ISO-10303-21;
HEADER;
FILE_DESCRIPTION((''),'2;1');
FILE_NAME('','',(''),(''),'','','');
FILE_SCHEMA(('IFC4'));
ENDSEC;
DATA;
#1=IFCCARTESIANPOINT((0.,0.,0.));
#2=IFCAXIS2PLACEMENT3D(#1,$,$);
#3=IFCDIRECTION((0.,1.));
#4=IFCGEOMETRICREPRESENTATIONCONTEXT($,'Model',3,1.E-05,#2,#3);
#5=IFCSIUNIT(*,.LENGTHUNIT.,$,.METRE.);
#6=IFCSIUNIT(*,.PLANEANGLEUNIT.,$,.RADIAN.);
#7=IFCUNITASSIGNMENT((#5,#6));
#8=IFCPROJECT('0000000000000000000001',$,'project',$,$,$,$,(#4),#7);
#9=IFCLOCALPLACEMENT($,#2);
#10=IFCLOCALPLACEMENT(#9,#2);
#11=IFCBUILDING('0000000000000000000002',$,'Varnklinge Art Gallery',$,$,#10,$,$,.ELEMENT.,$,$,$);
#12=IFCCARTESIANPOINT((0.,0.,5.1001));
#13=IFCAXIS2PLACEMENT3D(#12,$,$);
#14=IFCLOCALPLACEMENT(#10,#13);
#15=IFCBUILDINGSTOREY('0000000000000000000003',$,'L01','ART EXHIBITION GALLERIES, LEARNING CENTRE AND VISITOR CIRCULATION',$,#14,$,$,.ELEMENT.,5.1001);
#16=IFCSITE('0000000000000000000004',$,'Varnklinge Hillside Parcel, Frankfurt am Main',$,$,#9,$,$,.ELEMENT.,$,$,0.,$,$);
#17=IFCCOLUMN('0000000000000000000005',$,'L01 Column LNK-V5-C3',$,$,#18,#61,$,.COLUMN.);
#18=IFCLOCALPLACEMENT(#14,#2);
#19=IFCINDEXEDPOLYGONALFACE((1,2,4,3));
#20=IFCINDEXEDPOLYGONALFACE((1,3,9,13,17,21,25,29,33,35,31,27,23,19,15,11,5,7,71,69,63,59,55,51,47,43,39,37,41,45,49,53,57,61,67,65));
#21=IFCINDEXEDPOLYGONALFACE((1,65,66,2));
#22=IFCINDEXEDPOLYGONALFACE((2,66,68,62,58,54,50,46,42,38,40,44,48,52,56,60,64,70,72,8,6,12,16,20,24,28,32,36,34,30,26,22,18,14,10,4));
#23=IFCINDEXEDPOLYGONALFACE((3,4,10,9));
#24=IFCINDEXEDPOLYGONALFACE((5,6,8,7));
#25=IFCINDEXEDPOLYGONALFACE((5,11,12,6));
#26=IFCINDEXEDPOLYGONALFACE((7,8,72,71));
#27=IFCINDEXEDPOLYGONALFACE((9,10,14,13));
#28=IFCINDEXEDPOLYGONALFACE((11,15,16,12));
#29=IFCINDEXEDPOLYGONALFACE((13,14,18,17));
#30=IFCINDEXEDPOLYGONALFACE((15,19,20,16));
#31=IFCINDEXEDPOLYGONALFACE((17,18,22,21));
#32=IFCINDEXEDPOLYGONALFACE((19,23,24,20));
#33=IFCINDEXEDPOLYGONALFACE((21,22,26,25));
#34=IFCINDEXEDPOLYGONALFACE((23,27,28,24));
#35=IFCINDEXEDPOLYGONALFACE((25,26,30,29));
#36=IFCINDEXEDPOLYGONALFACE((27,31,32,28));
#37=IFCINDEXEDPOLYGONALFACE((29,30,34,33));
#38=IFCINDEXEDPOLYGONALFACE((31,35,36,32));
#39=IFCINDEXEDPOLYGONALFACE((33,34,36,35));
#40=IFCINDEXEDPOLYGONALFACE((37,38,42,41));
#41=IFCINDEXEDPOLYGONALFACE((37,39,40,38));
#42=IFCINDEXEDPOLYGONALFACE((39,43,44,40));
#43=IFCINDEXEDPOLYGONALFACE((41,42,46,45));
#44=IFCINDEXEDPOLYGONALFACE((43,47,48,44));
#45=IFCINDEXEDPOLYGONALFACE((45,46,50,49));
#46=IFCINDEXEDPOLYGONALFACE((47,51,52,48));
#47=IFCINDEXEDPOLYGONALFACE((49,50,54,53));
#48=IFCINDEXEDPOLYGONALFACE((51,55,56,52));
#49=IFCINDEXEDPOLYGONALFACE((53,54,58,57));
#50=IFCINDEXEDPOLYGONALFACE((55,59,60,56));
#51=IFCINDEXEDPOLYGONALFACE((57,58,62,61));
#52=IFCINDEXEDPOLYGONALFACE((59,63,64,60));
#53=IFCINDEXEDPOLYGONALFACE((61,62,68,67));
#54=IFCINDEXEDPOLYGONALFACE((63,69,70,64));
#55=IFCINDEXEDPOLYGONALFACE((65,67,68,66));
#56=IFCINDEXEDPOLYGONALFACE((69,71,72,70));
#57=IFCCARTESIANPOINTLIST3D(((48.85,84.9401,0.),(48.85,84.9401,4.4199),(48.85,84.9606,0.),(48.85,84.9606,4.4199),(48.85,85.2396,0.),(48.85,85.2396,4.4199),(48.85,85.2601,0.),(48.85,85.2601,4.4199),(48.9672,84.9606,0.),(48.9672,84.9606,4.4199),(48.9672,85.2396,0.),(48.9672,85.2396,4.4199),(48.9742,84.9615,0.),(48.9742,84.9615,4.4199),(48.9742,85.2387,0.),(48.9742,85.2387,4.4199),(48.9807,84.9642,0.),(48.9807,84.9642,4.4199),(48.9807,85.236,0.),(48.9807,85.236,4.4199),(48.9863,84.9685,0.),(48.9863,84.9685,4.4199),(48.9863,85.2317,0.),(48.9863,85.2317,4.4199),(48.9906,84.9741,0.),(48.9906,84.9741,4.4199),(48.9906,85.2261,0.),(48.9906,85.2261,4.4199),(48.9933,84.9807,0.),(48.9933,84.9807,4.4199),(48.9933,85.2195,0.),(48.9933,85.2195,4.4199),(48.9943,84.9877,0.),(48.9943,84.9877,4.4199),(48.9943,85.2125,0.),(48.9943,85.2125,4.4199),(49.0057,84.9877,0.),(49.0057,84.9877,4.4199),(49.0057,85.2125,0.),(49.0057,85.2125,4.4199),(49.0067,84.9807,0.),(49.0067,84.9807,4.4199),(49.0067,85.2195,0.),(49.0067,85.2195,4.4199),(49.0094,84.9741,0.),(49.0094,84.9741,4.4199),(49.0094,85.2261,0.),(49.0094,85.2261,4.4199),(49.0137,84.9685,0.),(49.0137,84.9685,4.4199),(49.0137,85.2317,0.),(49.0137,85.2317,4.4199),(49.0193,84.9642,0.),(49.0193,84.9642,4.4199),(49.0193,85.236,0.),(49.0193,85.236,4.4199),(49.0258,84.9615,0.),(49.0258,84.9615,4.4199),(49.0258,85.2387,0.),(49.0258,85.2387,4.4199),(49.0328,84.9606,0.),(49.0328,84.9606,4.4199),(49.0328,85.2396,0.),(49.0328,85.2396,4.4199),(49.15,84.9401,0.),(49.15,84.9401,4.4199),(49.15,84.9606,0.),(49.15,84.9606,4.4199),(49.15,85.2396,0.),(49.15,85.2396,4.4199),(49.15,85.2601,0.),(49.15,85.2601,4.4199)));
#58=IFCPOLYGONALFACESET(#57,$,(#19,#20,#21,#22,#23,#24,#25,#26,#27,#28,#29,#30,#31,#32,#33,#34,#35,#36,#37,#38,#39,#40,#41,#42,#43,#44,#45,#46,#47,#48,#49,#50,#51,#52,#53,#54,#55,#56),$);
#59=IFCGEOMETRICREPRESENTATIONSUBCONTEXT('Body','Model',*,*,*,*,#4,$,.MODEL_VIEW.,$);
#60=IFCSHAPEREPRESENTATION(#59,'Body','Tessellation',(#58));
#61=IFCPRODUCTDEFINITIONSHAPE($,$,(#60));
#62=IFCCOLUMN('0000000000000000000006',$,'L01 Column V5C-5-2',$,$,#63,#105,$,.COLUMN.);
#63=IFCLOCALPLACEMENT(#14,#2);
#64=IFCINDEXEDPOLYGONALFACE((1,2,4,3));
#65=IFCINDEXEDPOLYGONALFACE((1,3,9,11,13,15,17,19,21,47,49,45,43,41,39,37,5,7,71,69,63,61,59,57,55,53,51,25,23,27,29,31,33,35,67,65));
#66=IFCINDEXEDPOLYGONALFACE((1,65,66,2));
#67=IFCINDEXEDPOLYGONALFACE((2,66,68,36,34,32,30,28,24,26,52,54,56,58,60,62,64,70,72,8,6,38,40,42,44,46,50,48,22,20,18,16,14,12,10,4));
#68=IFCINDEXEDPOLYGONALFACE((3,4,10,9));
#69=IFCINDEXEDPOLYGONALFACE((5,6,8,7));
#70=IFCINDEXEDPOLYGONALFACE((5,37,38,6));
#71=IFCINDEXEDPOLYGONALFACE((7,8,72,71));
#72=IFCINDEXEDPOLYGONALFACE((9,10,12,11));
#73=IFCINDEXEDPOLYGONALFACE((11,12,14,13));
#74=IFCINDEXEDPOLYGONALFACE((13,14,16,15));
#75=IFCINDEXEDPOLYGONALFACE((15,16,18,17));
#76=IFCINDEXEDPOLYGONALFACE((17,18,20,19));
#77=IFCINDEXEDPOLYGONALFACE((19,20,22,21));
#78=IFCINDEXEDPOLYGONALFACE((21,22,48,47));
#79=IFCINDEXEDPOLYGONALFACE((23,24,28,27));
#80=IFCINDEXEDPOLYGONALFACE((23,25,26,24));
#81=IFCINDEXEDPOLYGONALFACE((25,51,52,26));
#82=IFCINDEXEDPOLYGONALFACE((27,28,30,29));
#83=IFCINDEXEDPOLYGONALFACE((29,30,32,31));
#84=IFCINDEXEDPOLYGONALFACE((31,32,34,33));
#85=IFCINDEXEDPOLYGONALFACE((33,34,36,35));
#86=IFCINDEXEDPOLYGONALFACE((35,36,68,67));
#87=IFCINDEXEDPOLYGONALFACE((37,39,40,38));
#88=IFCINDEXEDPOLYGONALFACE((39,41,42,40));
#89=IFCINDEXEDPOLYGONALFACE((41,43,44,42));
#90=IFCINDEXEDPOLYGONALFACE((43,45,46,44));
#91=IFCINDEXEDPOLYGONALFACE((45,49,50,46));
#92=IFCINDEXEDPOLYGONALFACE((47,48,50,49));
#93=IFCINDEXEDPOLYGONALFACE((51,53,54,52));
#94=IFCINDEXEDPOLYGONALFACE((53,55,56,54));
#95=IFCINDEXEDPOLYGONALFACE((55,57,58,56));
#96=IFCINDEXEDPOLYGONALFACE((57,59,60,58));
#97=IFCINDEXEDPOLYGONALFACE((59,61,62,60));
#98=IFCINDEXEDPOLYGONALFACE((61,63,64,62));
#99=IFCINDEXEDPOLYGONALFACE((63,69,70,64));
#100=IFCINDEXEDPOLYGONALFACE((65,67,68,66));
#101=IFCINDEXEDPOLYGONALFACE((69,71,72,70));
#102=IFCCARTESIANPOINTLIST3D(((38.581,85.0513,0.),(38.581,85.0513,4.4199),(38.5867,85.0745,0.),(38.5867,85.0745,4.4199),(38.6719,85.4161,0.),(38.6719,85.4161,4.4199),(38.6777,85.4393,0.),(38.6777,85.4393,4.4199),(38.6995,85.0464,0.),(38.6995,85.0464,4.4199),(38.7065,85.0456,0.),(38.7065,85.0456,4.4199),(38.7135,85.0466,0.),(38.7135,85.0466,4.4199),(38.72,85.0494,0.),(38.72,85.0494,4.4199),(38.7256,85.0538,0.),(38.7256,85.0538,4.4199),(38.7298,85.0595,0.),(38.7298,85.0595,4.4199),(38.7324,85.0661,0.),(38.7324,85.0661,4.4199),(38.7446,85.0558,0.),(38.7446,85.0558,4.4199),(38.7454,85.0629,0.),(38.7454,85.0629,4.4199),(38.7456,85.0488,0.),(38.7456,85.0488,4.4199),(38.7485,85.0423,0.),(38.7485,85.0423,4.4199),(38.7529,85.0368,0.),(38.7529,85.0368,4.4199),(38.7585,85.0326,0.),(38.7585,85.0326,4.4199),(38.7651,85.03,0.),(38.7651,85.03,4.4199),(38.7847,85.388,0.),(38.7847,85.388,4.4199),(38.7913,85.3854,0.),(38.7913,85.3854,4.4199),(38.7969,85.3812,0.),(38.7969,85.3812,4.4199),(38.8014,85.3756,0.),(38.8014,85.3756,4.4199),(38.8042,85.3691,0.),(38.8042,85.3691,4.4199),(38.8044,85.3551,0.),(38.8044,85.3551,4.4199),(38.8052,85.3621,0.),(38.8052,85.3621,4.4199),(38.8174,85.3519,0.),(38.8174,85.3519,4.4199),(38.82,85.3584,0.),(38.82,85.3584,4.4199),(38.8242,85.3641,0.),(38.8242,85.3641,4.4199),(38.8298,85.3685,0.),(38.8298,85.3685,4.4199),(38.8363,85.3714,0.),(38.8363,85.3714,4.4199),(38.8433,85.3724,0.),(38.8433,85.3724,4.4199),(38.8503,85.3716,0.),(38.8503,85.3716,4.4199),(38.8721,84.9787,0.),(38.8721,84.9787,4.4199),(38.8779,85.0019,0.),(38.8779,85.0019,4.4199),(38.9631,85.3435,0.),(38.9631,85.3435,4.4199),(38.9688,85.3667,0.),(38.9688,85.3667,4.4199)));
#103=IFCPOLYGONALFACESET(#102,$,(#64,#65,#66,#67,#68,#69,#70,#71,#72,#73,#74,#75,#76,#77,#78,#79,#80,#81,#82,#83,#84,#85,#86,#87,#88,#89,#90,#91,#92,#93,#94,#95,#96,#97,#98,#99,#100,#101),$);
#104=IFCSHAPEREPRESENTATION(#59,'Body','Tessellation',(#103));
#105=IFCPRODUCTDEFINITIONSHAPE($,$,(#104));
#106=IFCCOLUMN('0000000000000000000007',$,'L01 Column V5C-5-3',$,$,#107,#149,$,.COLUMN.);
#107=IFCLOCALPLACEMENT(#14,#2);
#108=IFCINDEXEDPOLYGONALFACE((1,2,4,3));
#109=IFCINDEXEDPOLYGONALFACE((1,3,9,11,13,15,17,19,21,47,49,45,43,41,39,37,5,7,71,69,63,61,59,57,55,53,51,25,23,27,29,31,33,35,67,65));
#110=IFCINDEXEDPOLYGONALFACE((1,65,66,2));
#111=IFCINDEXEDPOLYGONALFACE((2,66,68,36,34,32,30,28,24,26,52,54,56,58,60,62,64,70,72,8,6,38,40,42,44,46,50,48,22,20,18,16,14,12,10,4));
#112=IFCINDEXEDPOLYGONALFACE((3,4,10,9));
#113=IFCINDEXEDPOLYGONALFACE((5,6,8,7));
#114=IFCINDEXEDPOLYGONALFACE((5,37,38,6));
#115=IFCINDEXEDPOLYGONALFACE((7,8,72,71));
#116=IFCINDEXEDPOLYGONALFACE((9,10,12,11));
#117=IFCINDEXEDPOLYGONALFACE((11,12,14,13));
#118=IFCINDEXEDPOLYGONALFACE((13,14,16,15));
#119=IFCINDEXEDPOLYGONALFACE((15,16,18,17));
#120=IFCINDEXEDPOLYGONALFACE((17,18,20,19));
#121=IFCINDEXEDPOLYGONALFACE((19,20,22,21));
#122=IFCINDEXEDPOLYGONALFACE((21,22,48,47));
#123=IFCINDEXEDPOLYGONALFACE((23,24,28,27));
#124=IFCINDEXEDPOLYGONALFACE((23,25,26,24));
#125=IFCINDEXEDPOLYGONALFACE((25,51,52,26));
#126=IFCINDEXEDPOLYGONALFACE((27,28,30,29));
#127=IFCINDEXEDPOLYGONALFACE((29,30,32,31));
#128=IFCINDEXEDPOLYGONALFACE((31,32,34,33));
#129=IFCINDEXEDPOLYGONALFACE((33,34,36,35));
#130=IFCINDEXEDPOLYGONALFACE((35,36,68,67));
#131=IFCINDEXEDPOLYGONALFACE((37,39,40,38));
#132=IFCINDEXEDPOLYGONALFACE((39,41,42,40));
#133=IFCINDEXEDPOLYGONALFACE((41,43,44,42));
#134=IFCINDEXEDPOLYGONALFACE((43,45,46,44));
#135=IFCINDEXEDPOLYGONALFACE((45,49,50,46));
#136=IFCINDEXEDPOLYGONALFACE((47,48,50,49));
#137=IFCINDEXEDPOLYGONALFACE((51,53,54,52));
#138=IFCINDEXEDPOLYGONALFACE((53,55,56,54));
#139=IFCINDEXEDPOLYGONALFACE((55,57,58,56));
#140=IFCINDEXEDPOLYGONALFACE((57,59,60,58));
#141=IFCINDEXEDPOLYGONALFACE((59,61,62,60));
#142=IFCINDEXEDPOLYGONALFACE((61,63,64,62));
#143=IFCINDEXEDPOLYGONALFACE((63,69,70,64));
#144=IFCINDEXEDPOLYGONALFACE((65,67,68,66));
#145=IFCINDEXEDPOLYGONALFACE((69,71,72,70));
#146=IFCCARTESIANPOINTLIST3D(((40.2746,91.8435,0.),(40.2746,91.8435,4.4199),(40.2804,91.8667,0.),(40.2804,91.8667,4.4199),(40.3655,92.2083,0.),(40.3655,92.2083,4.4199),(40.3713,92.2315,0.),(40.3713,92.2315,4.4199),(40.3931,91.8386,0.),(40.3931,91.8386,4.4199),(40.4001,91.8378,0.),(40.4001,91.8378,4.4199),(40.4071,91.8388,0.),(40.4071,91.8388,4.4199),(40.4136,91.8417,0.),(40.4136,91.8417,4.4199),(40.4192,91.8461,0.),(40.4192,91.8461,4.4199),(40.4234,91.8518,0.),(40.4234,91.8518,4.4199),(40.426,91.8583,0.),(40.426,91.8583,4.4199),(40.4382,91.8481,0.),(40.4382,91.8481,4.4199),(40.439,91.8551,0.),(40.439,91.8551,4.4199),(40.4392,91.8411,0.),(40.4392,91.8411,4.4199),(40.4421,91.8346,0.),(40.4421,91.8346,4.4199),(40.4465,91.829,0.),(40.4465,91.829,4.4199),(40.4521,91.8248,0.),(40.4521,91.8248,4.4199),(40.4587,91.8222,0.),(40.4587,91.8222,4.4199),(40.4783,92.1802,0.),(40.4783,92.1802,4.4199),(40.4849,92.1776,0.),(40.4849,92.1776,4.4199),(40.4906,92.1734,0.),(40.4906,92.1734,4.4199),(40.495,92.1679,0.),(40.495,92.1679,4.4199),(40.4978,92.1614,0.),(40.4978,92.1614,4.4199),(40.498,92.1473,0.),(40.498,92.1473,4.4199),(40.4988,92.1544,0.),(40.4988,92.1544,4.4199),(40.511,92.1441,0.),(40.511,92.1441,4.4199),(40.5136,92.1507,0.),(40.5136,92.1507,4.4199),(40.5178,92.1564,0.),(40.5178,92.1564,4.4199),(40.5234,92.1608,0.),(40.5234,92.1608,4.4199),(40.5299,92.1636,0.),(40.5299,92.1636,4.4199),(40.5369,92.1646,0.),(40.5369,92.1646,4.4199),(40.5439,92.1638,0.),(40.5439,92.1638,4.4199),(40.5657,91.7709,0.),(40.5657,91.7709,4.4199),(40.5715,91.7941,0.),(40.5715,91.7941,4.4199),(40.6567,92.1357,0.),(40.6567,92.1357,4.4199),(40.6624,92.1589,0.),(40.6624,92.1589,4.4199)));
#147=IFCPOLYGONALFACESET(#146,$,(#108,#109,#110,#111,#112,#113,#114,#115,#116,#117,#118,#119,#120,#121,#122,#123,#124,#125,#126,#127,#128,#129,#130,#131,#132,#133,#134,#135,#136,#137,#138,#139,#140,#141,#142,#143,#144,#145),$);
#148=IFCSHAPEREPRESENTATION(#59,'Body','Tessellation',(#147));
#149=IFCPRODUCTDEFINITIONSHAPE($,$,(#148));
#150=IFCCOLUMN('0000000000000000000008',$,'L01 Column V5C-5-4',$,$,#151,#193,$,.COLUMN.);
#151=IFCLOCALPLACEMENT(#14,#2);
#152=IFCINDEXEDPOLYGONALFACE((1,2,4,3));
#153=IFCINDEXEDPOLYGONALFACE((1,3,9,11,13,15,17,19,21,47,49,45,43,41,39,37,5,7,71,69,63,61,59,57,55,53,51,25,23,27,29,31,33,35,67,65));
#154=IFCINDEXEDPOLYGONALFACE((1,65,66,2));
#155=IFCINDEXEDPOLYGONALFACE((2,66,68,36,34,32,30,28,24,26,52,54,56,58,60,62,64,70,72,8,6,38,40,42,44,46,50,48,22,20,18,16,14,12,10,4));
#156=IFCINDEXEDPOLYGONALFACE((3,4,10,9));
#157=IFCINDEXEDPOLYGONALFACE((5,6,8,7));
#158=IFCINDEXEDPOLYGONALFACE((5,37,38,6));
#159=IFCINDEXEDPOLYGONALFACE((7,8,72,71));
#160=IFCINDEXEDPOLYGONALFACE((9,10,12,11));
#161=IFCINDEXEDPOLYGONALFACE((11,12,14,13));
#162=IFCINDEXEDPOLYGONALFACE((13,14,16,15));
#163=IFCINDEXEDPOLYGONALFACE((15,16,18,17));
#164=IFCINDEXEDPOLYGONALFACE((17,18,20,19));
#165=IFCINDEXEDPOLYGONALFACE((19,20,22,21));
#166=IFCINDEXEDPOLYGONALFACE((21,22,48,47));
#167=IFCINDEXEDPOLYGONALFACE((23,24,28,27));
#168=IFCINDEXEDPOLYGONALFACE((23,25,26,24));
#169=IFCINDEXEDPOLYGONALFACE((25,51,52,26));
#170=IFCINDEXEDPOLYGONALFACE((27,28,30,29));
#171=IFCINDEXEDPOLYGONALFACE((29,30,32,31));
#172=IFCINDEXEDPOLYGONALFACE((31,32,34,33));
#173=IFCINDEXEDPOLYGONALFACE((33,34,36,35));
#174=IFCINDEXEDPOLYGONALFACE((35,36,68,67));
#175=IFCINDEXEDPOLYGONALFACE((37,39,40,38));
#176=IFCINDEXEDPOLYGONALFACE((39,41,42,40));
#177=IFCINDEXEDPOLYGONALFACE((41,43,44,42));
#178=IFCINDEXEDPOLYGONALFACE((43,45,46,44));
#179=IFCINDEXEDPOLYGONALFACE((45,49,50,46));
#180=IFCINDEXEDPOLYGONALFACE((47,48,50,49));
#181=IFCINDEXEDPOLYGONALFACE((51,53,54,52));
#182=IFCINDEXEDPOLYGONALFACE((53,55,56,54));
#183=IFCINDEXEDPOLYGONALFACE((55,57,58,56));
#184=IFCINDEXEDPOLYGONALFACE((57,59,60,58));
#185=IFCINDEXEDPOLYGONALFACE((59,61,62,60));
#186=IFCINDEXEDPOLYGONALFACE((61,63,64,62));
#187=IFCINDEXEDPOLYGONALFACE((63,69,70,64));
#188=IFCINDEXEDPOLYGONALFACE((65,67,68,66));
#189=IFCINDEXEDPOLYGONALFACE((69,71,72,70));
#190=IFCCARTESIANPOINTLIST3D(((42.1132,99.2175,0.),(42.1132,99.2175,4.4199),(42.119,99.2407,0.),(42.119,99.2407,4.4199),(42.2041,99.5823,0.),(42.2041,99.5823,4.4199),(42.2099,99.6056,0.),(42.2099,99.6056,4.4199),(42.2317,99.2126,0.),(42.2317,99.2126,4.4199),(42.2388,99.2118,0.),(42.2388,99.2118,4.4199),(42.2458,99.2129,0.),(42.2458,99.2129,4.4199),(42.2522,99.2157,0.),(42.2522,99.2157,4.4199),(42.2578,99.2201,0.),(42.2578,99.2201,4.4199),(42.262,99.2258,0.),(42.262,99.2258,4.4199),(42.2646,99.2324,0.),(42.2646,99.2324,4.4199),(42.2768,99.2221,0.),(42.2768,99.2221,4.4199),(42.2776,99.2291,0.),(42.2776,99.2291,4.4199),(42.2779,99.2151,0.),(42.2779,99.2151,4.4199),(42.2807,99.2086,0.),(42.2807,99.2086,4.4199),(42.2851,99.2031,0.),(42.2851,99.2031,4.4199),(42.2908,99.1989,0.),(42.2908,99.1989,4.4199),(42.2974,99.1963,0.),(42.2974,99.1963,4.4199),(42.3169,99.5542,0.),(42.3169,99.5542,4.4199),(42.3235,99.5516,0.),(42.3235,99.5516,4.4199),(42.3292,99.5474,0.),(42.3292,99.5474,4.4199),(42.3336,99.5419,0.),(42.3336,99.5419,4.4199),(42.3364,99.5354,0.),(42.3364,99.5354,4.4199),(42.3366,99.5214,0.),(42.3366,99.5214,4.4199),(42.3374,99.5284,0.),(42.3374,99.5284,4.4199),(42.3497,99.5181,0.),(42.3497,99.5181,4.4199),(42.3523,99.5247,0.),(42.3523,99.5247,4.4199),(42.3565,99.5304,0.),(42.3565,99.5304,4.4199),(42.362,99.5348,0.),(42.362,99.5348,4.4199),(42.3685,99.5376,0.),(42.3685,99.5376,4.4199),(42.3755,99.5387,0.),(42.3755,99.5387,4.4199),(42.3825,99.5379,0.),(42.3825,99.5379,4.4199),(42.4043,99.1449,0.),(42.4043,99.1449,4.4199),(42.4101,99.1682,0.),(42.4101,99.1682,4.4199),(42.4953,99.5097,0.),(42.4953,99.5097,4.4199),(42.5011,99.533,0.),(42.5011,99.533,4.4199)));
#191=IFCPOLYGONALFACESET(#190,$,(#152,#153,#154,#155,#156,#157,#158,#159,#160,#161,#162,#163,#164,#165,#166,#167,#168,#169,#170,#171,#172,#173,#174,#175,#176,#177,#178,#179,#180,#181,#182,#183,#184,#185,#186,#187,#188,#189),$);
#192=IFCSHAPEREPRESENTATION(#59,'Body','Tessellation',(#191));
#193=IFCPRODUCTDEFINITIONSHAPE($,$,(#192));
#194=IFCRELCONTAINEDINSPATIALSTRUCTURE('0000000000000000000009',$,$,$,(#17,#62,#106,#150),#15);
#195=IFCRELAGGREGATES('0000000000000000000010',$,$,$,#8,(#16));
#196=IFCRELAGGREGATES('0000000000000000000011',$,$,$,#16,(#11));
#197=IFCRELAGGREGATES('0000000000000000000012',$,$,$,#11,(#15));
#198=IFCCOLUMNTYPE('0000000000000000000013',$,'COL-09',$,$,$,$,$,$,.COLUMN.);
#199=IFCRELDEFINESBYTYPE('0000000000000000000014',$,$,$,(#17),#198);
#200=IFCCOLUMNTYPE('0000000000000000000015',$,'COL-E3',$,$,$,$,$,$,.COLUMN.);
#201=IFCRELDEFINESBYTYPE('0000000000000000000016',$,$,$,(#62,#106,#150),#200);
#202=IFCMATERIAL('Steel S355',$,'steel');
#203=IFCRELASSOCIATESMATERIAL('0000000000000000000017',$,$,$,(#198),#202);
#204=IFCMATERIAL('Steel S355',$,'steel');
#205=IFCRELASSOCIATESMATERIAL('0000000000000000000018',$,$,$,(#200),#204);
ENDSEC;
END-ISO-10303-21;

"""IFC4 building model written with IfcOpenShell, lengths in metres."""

from ifc_helpers import new_model, si_unit, direction, frame, origin, origin_2d, place, context, subcontext, project, spatial, i_section, extrude, material, material_profile, profile_set, type_object, element, save


model = new_model("IFC4")

# Units and contexts
model_context = context("Model", 3, precision=1e-05, world=origin(), true_north=direction((0.0, 1.0)))
body_context = subcontext(model_context, "Body", "Model", "MODEL_VIEW")
ifc_project = project(units=[si_unit("LENGTHUNIT", "METRE"), si_unit("PLANEANGLEUNIT", "RADIAN")], contexts=[model_context])

# Site, building, storey
site_placement = place(None, origin())
site = spatial("IfcSite", under=ifc_project, at=site_placement, Name="Varnklinge Hillside Parcel, Frankfurt am Main", CompositionType="ELEMENT", RefElevation=0.0)
building_placement = place(site_placement, origin())
building = spatial("IfcBuilding", under=site, at=building_placement, Name="Varnklinge Art Gallery", CompositionType="ELEMENT")
storey_placement = place(building_placement, frame((0.0, 0.0, 5.1001)))
storey = spatial("IfcBuildingStorey", under=building, at=storey_placement, Name="L01", Description="ART EXHIBITION GALLERIES, LEARNING CENTRE AND VISITOR CIRCULATION", CompositionType="ELEMENT", Elevation=5.1001)

# Columns
ifc_material_1 = material(Name="Steel S355", Category="steel")
ifc_material_profile_1 = material_profile(ifc_material_1, i_section(OverallWidth=0.3, OverallDepth=0.3201, WebThickness=0.0115, FlangeThickness=0.0205, FilletRadius=0.0271, at=origin_2d()), Name="HEB 320")
ifc_profile_set_1 = profile_set([ifc_material_profile_1], Name="Steel S355")
column_type_1 = type_object("IfcColumnType", Name="COL-09", PredefinedType="COLUMN", material=ifc_profile_set_1)
column_1_placement = place(storey_placement, frame((49.0, 85.1001, 0.0), z_axis=(0.0, 0.0, 1.0), x_axis=(1.0, 0.0, 0.0)))
element("IfcColumn", 1, at=column_1_placement, inside=storey, type_object=column_type_1, Name="L01 Column LNK-V5-C3", PredefinedType="COLUMN", context=body_context, shape_type="SweptSolid", body=[
    extrude(i_section(OverallWidth=0.3, OverallDepth=0.3201, WebThickness=0.0115, FlangeThickness=0.0205, FilletRadius=0.0271, at=origin_2d()), origin(), (0.0, 0.0, 1.0), 4.4199),
])
ifc_material_2 = material(Name="Steel S355", Category="steel")
ifc_material_profile_2 = material_profile(ifc_material_2, i_section(OverallWidth=0.3, OverallDepth=0.3999, WebThickness=0.0134, FlangeThickness=0.0239, FilletRadius=0.0271, at=origin_2d()), Name="HEB 400")
ifc_profile_set_2 = profile_set([ifc_material_profile_2], Name="Steel S355")
column_type_2 = type_object("IfcColumnType", Name="COL-E3", PredefinedType="COLUMN", material=ifc_profile_set_2)
for number, where, z_axis, x_axis, name in (
    (2, (38.7749, 85.209, 0.0), (0.0, 0.0, 1.0), (0.970296, -0.241922, 0.0), "L01 Column V5C-5-2"),
    (3, (40.4685, 92.0012, 0.0), (0.0, 0.0, 1.0), (0.970296, -0.241922, 0.0), "L01 Column V5C-5-3"),
    (4, (42.3071, 99.3752, 0.0), (0.0, 0.0, 1.0), (0.970296, -0.241922, 0.0), "L01 Column V5C-5-4"),
):
    element("IfcColumn", number, at=place(storey_placement, frame(where, z_axis=z_axis, x_axis=x_axis)), inside=storey, type_object=column_type_2, Name=name, PredefinedType="COLUMN", context=body_context, shape_type="SweptSolid", body=[
        extrude(i_section(OverallWidth=0.3, OverallDepth=0.3999, WebThickness=0.0134, FlangeThickness=0.0239, FilletRadius=0.0271, at=origin_2d()), origin(), (0.0, 0.0, 1.0), 4.4199),
    ])

save(model, "model.ifc")
